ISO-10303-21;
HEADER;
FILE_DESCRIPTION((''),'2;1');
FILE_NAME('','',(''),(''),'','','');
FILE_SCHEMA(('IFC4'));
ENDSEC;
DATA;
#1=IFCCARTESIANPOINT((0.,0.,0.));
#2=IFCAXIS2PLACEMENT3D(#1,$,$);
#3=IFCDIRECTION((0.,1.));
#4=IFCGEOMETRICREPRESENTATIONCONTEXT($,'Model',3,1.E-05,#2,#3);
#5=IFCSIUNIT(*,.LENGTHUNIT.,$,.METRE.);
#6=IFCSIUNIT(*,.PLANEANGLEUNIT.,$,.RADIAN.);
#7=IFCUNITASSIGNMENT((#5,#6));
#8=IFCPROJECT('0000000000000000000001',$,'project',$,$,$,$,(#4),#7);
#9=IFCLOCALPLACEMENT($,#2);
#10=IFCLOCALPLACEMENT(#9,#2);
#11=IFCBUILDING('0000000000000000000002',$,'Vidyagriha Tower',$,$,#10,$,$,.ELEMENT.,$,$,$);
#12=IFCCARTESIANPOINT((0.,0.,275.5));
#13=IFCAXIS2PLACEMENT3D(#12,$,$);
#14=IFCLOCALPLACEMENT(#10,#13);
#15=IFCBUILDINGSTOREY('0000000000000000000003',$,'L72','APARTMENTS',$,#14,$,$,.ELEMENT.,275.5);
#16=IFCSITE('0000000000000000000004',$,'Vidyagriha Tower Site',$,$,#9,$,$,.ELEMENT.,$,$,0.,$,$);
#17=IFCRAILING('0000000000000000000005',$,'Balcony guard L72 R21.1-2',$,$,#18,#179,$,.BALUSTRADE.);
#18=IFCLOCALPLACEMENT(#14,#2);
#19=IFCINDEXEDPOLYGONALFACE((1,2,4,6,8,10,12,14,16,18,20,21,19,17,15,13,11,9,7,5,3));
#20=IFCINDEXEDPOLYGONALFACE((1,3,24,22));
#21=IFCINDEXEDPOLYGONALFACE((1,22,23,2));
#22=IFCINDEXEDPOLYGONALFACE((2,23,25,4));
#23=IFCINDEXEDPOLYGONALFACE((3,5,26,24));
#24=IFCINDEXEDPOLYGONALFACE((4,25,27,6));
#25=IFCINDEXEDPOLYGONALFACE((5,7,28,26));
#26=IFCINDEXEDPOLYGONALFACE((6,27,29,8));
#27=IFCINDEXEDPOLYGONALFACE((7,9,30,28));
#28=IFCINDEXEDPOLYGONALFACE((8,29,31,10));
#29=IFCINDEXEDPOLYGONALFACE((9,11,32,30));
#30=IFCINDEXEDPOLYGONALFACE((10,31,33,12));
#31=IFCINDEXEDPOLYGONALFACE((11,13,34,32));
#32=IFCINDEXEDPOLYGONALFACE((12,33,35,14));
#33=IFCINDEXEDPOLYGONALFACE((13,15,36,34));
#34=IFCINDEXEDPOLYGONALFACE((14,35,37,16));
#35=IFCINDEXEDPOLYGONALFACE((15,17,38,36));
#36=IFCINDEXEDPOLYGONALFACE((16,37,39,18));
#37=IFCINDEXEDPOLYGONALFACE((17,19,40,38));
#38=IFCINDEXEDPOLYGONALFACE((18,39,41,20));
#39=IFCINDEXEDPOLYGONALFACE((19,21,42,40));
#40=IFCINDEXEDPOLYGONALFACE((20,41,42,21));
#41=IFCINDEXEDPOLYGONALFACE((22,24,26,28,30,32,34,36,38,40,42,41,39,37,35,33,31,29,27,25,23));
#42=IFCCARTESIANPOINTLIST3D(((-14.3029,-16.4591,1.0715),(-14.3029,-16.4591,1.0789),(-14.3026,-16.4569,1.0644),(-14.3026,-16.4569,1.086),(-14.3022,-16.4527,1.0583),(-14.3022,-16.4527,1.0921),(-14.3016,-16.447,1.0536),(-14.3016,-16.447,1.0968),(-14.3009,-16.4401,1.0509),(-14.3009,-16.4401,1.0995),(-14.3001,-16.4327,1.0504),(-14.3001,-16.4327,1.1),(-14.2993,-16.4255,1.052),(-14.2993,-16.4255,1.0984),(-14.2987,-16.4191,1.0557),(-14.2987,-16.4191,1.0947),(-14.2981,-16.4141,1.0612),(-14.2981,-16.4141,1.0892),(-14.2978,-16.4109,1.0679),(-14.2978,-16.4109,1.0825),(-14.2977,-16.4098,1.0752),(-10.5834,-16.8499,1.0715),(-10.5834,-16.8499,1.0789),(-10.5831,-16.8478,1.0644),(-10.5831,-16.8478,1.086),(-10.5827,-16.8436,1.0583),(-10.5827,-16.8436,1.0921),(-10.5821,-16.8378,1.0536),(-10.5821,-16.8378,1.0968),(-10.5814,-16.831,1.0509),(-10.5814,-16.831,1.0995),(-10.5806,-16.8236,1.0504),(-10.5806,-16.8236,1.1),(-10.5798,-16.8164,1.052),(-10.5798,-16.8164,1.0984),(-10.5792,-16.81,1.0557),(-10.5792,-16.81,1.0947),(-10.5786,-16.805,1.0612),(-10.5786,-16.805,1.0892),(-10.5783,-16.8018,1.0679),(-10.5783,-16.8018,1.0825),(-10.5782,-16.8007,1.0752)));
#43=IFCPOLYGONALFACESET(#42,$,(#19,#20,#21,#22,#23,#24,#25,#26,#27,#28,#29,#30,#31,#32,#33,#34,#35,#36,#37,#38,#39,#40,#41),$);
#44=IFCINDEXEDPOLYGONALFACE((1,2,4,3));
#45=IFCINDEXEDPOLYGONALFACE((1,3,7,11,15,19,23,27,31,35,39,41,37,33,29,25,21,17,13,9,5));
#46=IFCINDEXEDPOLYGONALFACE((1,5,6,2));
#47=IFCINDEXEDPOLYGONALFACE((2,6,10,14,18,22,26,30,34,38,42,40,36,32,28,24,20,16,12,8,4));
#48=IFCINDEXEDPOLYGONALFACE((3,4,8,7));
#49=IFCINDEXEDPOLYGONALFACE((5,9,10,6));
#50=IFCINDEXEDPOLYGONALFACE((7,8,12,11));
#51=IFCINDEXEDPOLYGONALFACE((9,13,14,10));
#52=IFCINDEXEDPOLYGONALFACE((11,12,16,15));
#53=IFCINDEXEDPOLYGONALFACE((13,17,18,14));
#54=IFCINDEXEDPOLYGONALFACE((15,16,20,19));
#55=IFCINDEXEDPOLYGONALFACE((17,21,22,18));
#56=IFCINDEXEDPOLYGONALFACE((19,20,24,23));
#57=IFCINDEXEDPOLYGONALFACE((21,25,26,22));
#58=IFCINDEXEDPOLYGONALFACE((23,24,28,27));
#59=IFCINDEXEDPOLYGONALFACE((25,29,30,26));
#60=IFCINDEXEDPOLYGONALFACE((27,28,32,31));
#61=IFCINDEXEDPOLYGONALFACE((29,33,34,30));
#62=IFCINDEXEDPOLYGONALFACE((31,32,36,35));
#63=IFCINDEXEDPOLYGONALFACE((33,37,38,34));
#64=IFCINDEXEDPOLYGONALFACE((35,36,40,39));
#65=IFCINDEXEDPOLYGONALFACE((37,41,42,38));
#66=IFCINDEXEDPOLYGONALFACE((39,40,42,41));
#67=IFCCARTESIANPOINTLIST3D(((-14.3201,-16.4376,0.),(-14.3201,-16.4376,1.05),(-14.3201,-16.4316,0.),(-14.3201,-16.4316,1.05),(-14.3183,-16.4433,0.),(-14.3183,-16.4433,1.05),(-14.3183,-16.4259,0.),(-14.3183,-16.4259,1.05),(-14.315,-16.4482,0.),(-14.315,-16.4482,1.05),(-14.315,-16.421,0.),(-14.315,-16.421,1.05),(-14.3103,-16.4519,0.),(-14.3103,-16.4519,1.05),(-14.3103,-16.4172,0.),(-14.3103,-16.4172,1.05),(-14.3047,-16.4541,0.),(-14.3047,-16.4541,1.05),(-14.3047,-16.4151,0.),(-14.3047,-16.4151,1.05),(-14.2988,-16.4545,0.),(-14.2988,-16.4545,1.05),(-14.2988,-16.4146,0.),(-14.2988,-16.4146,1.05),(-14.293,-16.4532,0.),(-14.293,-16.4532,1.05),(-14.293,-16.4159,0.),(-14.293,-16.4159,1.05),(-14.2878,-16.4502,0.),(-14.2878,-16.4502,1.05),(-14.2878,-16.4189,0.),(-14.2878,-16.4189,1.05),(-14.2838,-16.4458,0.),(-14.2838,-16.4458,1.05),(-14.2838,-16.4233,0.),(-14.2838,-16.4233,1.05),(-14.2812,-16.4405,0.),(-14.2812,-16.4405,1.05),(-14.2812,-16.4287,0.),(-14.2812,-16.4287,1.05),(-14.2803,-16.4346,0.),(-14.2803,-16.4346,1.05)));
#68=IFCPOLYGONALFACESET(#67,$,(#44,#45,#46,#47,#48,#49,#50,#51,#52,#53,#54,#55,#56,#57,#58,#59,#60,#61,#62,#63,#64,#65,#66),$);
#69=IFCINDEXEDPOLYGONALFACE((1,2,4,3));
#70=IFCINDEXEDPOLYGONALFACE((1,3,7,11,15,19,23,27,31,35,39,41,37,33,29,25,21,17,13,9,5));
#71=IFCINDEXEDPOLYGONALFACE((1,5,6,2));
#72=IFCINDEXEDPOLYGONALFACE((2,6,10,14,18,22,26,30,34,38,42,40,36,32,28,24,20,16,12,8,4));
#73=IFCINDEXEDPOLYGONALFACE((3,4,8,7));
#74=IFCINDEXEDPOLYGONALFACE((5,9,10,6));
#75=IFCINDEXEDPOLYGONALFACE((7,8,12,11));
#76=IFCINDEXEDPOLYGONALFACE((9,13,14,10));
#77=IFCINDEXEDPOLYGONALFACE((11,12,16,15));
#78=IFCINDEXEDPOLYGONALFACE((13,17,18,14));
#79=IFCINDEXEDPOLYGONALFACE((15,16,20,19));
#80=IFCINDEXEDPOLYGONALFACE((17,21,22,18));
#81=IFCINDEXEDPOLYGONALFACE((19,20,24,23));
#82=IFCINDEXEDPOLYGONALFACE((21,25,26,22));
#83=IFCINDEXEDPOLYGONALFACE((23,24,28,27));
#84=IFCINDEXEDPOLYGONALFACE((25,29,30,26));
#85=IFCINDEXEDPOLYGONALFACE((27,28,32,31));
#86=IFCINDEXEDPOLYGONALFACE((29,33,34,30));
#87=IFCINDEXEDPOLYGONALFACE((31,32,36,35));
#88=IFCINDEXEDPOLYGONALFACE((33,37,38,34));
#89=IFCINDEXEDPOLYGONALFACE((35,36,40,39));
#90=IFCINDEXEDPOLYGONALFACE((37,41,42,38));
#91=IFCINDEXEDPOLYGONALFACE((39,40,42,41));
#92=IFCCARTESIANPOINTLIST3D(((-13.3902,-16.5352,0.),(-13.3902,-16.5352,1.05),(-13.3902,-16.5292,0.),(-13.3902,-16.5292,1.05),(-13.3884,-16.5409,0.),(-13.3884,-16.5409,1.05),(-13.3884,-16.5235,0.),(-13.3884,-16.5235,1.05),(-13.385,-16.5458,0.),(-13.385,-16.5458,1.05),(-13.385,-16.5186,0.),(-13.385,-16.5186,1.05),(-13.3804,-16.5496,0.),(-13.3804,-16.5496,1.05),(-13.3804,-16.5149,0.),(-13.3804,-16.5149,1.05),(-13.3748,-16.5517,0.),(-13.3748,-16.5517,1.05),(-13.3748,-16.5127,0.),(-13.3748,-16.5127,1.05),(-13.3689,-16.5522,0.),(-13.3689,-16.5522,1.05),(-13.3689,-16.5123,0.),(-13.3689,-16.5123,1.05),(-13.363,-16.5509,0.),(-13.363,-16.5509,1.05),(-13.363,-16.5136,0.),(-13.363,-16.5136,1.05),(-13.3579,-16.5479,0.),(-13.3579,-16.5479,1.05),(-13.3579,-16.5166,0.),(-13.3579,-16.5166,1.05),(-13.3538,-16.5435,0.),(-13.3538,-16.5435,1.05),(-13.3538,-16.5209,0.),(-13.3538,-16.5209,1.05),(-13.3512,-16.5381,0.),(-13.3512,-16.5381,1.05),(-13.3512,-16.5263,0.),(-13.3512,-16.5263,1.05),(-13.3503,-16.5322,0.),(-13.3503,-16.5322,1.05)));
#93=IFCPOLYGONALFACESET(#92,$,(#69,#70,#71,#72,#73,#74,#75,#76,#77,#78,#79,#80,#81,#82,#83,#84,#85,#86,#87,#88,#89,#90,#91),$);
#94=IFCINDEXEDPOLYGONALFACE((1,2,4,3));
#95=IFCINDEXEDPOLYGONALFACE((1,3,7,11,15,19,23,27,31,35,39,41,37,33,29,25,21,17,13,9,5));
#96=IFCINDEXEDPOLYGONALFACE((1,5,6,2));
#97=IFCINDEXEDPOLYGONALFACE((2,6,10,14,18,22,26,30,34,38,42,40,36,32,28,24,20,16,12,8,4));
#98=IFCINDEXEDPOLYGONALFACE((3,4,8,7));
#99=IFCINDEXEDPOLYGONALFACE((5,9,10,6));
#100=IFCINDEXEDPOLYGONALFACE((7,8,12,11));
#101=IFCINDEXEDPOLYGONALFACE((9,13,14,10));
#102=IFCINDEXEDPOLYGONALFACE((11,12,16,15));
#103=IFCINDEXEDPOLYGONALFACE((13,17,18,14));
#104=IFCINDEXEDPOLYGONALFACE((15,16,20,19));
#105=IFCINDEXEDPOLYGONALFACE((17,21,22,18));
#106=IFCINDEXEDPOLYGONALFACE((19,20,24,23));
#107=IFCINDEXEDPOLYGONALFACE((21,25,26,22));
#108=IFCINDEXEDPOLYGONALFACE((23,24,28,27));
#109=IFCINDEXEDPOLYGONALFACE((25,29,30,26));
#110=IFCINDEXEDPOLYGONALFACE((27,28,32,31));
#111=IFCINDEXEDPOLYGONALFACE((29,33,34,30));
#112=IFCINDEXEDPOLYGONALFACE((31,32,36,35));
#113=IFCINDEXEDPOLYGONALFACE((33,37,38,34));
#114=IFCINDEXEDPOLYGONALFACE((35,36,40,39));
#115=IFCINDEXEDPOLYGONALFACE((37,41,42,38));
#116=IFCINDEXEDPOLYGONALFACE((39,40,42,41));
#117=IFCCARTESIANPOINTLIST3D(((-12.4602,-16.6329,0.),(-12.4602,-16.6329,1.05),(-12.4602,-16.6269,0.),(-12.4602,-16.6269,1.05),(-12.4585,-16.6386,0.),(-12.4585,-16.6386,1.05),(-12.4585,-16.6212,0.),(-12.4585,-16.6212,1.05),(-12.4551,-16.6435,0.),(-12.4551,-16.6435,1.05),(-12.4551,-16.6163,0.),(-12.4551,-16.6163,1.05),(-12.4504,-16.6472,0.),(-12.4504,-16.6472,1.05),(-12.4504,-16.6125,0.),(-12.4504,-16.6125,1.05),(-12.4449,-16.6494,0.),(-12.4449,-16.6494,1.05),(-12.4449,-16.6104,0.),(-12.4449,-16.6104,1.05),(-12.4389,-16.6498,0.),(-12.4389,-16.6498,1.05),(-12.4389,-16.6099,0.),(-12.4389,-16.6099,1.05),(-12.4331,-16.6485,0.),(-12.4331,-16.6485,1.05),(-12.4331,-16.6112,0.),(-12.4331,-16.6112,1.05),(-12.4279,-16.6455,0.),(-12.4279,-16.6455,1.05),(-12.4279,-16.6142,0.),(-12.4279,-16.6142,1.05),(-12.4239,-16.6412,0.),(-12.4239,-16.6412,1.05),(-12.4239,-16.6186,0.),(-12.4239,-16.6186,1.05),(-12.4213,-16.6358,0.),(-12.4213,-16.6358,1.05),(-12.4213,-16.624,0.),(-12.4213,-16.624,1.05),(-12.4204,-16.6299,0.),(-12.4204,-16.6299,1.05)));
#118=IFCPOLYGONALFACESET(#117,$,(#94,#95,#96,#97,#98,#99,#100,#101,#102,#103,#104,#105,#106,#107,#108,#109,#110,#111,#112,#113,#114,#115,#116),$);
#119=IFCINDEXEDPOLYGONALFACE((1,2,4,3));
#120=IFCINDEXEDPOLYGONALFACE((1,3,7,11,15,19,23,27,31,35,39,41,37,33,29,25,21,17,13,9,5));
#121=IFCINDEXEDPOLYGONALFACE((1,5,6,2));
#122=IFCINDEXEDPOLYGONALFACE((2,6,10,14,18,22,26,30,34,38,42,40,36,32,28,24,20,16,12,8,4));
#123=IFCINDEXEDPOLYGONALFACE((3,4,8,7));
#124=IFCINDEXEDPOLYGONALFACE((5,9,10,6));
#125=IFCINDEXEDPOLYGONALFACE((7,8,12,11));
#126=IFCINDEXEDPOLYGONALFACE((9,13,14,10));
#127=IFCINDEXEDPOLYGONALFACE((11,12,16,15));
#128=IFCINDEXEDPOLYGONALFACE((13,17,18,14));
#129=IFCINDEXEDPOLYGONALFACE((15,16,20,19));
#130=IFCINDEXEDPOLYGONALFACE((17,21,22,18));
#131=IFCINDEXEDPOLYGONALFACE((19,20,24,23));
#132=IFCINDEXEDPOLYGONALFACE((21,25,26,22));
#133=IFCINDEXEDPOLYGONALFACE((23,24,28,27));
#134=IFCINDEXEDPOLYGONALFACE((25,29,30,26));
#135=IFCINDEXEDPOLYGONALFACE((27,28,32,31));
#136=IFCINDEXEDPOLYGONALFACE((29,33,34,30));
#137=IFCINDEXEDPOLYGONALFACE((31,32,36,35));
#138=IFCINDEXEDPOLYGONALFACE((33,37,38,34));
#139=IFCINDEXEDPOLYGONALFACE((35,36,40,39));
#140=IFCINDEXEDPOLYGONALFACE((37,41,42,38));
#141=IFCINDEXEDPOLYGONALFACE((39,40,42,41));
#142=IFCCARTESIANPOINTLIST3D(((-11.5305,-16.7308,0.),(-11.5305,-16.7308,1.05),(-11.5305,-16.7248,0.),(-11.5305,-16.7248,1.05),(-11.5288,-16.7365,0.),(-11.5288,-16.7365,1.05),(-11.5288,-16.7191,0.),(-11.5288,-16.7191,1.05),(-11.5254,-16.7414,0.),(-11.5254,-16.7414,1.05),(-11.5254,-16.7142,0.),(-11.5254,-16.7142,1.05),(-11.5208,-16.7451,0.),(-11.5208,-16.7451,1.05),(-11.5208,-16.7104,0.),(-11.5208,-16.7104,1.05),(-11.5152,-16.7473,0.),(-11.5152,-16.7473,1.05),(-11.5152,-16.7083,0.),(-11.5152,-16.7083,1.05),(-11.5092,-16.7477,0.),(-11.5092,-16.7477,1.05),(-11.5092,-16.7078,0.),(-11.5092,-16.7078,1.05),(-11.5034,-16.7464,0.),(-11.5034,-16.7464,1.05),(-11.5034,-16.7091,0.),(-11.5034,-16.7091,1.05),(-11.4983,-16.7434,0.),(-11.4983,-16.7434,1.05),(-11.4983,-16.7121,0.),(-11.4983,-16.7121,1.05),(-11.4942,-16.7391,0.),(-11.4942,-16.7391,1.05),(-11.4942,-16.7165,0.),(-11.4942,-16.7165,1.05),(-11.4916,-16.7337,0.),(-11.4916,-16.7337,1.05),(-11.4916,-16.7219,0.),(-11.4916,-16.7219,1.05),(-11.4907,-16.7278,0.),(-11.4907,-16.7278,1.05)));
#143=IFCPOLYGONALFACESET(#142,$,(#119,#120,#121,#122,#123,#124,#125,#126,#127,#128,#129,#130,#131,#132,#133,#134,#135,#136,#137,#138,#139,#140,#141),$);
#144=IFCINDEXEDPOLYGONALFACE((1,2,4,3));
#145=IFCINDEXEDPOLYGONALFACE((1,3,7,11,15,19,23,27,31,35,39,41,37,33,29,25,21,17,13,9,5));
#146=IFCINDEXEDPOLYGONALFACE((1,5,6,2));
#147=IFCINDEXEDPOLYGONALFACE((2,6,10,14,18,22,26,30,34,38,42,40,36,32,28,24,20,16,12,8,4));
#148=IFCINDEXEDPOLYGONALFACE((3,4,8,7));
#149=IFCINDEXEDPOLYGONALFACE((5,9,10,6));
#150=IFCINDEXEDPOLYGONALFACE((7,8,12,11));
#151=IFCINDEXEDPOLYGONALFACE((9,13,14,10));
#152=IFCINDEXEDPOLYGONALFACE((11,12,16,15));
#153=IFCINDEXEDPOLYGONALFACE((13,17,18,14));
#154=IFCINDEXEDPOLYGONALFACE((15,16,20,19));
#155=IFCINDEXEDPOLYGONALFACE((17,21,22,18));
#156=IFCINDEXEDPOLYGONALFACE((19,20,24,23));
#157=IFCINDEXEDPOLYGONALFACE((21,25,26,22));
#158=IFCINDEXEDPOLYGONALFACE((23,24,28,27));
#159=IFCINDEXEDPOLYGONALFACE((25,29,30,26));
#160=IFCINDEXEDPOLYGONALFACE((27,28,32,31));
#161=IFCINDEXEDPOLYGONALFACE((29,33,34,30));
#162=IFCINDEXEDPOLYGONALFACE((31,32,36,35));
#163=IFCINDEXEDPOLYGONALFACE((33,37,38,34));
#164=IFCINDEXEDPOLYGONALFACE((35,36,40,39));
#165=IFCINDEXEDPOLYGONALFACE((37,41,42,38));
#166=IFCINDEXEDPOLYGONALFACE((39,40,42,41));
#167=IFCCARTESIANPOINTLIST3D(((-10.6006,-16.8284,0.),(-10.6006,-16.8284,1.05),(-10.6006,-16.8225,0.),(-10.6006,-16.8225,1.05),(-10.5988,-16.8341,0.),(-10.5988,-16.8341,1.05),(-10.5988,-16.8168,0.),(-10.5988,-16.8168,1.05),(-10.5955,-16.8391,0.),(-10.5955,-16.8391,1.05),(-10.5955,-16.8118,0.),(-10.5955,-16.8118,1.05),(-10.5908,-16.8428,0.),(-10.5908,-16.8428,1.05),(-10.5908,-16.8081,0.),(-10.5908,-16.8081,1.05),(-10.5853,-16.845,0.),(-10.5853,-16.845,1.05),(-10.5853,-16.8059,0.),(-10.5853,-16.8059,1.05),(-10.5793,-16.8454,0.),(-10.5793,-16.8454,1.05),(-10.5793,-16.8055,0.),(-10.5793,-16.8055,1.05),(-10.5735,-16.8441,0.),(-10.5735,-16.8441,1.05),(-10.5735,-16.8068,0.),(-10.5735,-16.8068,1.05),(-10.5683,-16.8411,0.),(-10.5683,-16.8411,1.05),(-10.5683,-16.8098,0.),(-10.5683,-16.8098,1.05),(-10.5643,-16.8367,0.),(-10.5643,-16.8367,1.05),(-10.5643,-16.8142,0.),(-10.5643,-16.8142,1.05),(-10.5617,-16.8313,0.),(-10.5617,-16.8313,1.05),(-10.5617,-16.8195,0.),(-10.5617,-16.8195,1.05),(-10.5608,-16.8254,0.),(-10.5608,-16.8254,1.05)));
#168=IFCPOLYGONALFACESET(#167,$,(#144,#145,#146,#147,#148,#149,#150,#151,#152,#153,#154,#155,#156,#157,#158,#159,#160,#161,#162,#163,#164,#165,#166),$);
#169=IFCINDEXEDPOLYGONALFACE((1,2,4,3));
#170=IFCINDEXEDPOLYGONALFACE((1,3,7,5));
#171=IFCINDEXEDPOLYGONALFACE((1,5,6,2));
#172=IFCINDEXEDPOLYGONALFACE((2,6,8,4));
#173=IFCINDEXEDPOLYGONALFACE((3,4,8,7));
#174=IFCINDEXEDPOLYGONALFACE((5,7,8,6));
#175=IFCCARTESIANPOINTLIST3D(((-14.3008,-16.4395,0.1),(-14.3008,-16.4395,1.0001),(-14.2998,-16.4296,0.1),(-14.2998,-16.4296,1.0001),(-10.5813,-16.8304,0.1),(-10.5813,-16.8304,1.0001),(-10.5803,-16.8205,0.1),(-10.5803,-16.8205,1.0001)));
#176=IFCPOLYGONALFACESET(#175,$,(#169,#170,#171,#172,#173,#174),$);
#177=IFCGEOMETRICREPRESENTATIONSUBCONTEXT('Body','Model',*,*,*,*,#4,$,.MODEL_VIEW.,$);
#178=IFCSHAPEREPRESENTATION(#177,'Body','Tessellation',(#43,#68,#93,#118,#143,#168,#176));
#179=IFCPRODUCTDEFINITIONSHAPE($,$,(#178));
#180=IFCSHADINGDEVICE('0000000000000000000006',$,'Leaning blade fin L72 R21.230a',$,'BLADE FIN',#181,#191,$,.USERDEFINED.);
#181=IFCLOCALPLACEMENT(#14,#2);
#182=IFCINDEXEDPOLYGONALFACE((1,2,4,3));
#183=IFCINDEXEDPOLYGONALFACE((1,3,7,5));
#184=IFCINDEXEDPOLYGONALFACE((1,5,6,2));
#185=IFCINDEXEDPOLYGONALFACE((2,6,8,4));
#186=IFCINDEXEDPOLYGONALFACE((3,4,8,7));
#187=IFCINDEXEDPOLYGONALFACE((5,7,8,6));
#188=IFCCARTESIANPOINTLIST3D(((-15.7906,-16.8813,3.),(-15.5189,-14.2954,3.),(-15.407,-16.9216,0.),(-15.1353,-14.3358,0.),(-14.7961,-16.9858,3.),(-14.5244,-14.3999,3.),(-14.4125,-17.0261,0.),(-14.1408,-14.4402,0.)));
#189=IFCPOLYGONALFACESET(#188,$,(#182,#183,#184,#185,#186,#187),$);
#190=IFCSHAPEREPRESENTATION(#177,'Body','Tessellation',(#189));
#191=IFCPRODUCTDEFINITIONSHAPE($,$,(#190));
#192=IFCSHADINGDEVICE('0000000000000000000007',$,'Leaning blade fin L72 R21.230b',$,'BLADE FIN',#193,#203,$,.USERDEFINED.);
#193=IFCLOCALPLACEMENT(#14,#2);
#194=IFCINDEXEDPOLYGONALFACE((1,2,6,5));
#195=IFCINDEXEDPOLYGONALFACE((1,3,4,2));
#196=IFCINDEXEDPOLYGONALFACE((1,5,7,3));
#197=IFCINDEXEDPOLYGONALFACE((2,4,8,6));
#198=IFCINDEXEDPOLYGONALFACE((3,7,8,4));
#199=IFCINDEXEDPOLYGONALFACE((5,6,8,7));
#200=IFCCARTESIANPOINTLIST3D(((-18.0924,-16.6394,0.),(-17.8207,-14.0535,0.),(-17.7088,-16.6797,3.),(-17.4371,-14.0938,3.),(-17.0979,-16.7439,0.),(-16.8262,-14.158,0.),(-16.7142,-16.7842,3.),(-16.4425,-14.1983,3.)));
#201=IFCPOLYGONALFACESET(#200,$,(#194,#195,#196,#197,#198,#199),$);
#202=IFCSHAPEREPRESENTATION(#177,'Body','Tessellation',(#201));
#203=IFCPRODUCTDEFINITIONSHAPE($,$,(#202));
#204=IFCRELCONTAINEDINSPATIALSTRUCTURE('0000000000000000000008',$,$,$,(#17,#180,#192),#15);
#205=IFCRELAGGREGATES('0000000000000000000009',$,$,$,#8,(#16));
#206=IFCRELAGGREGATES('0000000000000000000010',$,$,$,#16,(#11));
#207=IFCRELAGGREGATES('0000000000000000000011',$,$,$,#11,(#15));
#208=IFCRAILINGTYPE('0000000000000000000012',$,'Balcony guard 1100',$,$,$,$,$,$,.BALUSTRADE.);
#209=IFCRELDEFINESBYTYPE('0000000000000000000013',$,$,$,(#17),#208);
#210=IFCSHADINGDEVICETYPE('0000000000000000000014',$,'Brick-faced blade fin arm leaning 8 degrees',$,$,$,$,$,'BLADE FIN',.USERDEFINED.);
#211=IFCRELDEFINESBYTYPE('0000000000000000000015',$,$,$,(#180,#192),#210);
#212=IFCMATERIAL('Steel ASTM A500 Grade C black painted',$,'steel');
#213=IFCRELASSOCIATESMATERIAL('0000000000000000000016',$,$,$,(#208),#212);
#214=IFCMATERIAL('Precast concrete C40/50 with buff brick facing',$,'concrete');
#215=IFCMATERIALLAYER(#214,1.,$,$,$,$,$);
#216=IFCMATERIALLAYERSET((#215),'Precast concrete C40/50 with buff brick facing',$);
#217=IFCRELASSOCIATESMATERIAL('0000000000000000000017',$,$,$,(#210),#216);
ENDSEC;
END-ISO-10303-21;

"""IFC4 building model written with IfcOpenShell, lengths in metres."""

from ifc_helpers import new_model, si_unit, direction, frame, origin, origin_2d, place, context, subcontext, project, spatial, polyline, rectangle, circle, outline, extrude, material, layer, layer_set, type_object, element, save


model = new_model("IFC4")

# Units and contexts
model_context = context("Model", 3, precision=1e-05, world=origin(), true_north=direction((0.0, 1.0)))
body_context = subcontext(model_context, "Body", "Model", "MODEL_VIEW")
ifc_project = project(units=[si_unit("LENGTHUNIT", "METRE"), si_unit("PLANEANGLEUNIT", "RADIAN")], contexts=[model_context])

# Site, building, storey
site_placement = place(None, origin())
site = spatial("IfcSite", under=ifc_project, at=site_placement, Name="Vidyagriha Tower Site", CompositionType="ELEMENT", RefElevation=0.0)
building_placement = place(site_placement, origin())
building = spatial("IfcBuilding", under=site, at=building_placement, Name="Vidyagriha Tower", CompositionType="ELEMENT")
storey_placement = place(building_placement, frame((0.0, 0.0, 275.5)))
storey = spatial("IfcBuildingStorey", under=building, at=storey_placement, Name="L72", Description="APARTMENTS", CompositionType="ELEMENT", Elevation=275.5)

# Railing
ifc_material_1 = material(Name="Steel ASTM A500 Grade C black painted", Category="steel")
railing_type_1 = type_object("IfcRailingType", Name="Balcony guard 1100", PredefinedType="BALUSTRADE", material=ifc_material_1)
railing_1_placement = place(storey_placement, frame((-14.3003, -16.4346, 0.0)))
element("IfcRailing", 1, at=railing_1_placement, inside=storey, type_object=railing_type_1, Name="Balcony guard L72 R21.1-2", PredefinedType="BALUSTRADE", context=body_context, shape_type="SweptSolid", body=[
    extrude(circle(Radius=0.0249, at=origin_2d()), frame((0.0, 0.0, 1.0752), z_axis=(0.994524, -0.104511, 0.0), x_axis=(0.104511, 0.994524, 0.0)), (0.0, 0.0, 1.0), 3.74),
    extrude(circle(Radius=0.02, at=origin_2d()), origin(), (0.0, 0.0, 1.0), 1.05),
    extrude(circle(Radius=0.02, at=origin_2d()), frame((0.9299, -0.0977, 0.0)), (0.0, 0.0, 1.0), 1.05),
    extrude(circle(Radius=0.02, at=origin_2d()), frame((1.8599, -0.1953, 0.0)), (0.0, 0.0, 1.0), 1.05),
    extrude(circle(Radius=0.02, at=origin_2d()), frame((2.7896, -0.2932, 0.0)), (0.0, 0.0, 1.0), 1.05),
    extrude(circle(Radius=0.02, at=origin_2d()), frame((3.7195, -0.3909, 0.0)), (0.0, 0.0, 1.0), 1.05),
    extrude(rectangle(XDim=0.01, YDim=0.9001, at=origin_2d()), frame((0.0, 0.0, 0.55), z_axis=(0.994524, -0.104511, 0.0), x_axis=(0.104511, 0.994524, 0.0)), (0.0, 0.0, 1.0), 3.74),
])

# Shading devices
ifc_material_2 = material(Name="Precast concrete C40/50 with buff brick facing", Category="concrete")
ifc_layer_1 = layer(ifc_material_2, 1.0)
ifc_layer_set_1 = layer_set([ifc_layer_1], Name="Precast concrete C40/50 with buff brick facing")
shading_device_type = type_object("IfcShadingDeviceType", Name="Brick-faced blade fin arm leaning 8 degrees", ElementType="BLADE FIN", PredefinedType="USERDEFINED", material=ifc_layer_set_1)
shading_device_1_placement = place(storey_placement, frame((-15.6548, -15.5884, 0.0), z_axis=(0.0, 0.0, 1.0), x_axis=(0.994526, -0.104492, 0.0)))
element("IfcShadingDevice", 2, at=shading_device_1_placement, inside=storey, type_object=shading_device_type, Name="Leaning blade fin L72 R21.230a", ObjectType="BLADE FIN", PredefinedType="USERDEFINED", context=body_context, shape_type="SweptSolid", body=[
    extrude(outline(polyline([(0.3857, 0.0), (1.3857, 0.0), (1.0, 3.0), (0.0, 3.0), (0.3857, 0.0)])), frame((0.0, 1.3, 0.0), z_axis=(0.0, -1.0, 0.0), x_axis=(1.0, 0.0, 0.0)), (0.0, 0.0, 1.0), 2.6001),
])
shading_device_2_placement = place(storey_placement, frame((-17.9565, -15.3464, 0.0), z_axis=(0.0, 0.0, 1.0), x_axis=(0.994526, -0.104492, 0.0)))
element("IfcShadingDevice", 3, at=shading_device_2_placement, inside=storey, type_object=shading_device_type, Name="Leaning blade fin L72 R21.230b", ObjectType="BLADE FIN", PredefinedType="USERDEFINED", context=body_context, shape_type="SweptSolid", body=[
    extrude(outline(polyline([(0.0, 0.0), (1.0, 0.0), (1.3857, 3.0), (0.3857, 3.0), (0.0, 0.0)])), frame((0.0, 1.3, 0.0), z_axis=(0.0, -1.0, 0.0), x_axis=(1.0, 0.0, 0.0)), (0.0, 0.0, 1.0), 2.6001),
])

save(model, "model.ifc")
